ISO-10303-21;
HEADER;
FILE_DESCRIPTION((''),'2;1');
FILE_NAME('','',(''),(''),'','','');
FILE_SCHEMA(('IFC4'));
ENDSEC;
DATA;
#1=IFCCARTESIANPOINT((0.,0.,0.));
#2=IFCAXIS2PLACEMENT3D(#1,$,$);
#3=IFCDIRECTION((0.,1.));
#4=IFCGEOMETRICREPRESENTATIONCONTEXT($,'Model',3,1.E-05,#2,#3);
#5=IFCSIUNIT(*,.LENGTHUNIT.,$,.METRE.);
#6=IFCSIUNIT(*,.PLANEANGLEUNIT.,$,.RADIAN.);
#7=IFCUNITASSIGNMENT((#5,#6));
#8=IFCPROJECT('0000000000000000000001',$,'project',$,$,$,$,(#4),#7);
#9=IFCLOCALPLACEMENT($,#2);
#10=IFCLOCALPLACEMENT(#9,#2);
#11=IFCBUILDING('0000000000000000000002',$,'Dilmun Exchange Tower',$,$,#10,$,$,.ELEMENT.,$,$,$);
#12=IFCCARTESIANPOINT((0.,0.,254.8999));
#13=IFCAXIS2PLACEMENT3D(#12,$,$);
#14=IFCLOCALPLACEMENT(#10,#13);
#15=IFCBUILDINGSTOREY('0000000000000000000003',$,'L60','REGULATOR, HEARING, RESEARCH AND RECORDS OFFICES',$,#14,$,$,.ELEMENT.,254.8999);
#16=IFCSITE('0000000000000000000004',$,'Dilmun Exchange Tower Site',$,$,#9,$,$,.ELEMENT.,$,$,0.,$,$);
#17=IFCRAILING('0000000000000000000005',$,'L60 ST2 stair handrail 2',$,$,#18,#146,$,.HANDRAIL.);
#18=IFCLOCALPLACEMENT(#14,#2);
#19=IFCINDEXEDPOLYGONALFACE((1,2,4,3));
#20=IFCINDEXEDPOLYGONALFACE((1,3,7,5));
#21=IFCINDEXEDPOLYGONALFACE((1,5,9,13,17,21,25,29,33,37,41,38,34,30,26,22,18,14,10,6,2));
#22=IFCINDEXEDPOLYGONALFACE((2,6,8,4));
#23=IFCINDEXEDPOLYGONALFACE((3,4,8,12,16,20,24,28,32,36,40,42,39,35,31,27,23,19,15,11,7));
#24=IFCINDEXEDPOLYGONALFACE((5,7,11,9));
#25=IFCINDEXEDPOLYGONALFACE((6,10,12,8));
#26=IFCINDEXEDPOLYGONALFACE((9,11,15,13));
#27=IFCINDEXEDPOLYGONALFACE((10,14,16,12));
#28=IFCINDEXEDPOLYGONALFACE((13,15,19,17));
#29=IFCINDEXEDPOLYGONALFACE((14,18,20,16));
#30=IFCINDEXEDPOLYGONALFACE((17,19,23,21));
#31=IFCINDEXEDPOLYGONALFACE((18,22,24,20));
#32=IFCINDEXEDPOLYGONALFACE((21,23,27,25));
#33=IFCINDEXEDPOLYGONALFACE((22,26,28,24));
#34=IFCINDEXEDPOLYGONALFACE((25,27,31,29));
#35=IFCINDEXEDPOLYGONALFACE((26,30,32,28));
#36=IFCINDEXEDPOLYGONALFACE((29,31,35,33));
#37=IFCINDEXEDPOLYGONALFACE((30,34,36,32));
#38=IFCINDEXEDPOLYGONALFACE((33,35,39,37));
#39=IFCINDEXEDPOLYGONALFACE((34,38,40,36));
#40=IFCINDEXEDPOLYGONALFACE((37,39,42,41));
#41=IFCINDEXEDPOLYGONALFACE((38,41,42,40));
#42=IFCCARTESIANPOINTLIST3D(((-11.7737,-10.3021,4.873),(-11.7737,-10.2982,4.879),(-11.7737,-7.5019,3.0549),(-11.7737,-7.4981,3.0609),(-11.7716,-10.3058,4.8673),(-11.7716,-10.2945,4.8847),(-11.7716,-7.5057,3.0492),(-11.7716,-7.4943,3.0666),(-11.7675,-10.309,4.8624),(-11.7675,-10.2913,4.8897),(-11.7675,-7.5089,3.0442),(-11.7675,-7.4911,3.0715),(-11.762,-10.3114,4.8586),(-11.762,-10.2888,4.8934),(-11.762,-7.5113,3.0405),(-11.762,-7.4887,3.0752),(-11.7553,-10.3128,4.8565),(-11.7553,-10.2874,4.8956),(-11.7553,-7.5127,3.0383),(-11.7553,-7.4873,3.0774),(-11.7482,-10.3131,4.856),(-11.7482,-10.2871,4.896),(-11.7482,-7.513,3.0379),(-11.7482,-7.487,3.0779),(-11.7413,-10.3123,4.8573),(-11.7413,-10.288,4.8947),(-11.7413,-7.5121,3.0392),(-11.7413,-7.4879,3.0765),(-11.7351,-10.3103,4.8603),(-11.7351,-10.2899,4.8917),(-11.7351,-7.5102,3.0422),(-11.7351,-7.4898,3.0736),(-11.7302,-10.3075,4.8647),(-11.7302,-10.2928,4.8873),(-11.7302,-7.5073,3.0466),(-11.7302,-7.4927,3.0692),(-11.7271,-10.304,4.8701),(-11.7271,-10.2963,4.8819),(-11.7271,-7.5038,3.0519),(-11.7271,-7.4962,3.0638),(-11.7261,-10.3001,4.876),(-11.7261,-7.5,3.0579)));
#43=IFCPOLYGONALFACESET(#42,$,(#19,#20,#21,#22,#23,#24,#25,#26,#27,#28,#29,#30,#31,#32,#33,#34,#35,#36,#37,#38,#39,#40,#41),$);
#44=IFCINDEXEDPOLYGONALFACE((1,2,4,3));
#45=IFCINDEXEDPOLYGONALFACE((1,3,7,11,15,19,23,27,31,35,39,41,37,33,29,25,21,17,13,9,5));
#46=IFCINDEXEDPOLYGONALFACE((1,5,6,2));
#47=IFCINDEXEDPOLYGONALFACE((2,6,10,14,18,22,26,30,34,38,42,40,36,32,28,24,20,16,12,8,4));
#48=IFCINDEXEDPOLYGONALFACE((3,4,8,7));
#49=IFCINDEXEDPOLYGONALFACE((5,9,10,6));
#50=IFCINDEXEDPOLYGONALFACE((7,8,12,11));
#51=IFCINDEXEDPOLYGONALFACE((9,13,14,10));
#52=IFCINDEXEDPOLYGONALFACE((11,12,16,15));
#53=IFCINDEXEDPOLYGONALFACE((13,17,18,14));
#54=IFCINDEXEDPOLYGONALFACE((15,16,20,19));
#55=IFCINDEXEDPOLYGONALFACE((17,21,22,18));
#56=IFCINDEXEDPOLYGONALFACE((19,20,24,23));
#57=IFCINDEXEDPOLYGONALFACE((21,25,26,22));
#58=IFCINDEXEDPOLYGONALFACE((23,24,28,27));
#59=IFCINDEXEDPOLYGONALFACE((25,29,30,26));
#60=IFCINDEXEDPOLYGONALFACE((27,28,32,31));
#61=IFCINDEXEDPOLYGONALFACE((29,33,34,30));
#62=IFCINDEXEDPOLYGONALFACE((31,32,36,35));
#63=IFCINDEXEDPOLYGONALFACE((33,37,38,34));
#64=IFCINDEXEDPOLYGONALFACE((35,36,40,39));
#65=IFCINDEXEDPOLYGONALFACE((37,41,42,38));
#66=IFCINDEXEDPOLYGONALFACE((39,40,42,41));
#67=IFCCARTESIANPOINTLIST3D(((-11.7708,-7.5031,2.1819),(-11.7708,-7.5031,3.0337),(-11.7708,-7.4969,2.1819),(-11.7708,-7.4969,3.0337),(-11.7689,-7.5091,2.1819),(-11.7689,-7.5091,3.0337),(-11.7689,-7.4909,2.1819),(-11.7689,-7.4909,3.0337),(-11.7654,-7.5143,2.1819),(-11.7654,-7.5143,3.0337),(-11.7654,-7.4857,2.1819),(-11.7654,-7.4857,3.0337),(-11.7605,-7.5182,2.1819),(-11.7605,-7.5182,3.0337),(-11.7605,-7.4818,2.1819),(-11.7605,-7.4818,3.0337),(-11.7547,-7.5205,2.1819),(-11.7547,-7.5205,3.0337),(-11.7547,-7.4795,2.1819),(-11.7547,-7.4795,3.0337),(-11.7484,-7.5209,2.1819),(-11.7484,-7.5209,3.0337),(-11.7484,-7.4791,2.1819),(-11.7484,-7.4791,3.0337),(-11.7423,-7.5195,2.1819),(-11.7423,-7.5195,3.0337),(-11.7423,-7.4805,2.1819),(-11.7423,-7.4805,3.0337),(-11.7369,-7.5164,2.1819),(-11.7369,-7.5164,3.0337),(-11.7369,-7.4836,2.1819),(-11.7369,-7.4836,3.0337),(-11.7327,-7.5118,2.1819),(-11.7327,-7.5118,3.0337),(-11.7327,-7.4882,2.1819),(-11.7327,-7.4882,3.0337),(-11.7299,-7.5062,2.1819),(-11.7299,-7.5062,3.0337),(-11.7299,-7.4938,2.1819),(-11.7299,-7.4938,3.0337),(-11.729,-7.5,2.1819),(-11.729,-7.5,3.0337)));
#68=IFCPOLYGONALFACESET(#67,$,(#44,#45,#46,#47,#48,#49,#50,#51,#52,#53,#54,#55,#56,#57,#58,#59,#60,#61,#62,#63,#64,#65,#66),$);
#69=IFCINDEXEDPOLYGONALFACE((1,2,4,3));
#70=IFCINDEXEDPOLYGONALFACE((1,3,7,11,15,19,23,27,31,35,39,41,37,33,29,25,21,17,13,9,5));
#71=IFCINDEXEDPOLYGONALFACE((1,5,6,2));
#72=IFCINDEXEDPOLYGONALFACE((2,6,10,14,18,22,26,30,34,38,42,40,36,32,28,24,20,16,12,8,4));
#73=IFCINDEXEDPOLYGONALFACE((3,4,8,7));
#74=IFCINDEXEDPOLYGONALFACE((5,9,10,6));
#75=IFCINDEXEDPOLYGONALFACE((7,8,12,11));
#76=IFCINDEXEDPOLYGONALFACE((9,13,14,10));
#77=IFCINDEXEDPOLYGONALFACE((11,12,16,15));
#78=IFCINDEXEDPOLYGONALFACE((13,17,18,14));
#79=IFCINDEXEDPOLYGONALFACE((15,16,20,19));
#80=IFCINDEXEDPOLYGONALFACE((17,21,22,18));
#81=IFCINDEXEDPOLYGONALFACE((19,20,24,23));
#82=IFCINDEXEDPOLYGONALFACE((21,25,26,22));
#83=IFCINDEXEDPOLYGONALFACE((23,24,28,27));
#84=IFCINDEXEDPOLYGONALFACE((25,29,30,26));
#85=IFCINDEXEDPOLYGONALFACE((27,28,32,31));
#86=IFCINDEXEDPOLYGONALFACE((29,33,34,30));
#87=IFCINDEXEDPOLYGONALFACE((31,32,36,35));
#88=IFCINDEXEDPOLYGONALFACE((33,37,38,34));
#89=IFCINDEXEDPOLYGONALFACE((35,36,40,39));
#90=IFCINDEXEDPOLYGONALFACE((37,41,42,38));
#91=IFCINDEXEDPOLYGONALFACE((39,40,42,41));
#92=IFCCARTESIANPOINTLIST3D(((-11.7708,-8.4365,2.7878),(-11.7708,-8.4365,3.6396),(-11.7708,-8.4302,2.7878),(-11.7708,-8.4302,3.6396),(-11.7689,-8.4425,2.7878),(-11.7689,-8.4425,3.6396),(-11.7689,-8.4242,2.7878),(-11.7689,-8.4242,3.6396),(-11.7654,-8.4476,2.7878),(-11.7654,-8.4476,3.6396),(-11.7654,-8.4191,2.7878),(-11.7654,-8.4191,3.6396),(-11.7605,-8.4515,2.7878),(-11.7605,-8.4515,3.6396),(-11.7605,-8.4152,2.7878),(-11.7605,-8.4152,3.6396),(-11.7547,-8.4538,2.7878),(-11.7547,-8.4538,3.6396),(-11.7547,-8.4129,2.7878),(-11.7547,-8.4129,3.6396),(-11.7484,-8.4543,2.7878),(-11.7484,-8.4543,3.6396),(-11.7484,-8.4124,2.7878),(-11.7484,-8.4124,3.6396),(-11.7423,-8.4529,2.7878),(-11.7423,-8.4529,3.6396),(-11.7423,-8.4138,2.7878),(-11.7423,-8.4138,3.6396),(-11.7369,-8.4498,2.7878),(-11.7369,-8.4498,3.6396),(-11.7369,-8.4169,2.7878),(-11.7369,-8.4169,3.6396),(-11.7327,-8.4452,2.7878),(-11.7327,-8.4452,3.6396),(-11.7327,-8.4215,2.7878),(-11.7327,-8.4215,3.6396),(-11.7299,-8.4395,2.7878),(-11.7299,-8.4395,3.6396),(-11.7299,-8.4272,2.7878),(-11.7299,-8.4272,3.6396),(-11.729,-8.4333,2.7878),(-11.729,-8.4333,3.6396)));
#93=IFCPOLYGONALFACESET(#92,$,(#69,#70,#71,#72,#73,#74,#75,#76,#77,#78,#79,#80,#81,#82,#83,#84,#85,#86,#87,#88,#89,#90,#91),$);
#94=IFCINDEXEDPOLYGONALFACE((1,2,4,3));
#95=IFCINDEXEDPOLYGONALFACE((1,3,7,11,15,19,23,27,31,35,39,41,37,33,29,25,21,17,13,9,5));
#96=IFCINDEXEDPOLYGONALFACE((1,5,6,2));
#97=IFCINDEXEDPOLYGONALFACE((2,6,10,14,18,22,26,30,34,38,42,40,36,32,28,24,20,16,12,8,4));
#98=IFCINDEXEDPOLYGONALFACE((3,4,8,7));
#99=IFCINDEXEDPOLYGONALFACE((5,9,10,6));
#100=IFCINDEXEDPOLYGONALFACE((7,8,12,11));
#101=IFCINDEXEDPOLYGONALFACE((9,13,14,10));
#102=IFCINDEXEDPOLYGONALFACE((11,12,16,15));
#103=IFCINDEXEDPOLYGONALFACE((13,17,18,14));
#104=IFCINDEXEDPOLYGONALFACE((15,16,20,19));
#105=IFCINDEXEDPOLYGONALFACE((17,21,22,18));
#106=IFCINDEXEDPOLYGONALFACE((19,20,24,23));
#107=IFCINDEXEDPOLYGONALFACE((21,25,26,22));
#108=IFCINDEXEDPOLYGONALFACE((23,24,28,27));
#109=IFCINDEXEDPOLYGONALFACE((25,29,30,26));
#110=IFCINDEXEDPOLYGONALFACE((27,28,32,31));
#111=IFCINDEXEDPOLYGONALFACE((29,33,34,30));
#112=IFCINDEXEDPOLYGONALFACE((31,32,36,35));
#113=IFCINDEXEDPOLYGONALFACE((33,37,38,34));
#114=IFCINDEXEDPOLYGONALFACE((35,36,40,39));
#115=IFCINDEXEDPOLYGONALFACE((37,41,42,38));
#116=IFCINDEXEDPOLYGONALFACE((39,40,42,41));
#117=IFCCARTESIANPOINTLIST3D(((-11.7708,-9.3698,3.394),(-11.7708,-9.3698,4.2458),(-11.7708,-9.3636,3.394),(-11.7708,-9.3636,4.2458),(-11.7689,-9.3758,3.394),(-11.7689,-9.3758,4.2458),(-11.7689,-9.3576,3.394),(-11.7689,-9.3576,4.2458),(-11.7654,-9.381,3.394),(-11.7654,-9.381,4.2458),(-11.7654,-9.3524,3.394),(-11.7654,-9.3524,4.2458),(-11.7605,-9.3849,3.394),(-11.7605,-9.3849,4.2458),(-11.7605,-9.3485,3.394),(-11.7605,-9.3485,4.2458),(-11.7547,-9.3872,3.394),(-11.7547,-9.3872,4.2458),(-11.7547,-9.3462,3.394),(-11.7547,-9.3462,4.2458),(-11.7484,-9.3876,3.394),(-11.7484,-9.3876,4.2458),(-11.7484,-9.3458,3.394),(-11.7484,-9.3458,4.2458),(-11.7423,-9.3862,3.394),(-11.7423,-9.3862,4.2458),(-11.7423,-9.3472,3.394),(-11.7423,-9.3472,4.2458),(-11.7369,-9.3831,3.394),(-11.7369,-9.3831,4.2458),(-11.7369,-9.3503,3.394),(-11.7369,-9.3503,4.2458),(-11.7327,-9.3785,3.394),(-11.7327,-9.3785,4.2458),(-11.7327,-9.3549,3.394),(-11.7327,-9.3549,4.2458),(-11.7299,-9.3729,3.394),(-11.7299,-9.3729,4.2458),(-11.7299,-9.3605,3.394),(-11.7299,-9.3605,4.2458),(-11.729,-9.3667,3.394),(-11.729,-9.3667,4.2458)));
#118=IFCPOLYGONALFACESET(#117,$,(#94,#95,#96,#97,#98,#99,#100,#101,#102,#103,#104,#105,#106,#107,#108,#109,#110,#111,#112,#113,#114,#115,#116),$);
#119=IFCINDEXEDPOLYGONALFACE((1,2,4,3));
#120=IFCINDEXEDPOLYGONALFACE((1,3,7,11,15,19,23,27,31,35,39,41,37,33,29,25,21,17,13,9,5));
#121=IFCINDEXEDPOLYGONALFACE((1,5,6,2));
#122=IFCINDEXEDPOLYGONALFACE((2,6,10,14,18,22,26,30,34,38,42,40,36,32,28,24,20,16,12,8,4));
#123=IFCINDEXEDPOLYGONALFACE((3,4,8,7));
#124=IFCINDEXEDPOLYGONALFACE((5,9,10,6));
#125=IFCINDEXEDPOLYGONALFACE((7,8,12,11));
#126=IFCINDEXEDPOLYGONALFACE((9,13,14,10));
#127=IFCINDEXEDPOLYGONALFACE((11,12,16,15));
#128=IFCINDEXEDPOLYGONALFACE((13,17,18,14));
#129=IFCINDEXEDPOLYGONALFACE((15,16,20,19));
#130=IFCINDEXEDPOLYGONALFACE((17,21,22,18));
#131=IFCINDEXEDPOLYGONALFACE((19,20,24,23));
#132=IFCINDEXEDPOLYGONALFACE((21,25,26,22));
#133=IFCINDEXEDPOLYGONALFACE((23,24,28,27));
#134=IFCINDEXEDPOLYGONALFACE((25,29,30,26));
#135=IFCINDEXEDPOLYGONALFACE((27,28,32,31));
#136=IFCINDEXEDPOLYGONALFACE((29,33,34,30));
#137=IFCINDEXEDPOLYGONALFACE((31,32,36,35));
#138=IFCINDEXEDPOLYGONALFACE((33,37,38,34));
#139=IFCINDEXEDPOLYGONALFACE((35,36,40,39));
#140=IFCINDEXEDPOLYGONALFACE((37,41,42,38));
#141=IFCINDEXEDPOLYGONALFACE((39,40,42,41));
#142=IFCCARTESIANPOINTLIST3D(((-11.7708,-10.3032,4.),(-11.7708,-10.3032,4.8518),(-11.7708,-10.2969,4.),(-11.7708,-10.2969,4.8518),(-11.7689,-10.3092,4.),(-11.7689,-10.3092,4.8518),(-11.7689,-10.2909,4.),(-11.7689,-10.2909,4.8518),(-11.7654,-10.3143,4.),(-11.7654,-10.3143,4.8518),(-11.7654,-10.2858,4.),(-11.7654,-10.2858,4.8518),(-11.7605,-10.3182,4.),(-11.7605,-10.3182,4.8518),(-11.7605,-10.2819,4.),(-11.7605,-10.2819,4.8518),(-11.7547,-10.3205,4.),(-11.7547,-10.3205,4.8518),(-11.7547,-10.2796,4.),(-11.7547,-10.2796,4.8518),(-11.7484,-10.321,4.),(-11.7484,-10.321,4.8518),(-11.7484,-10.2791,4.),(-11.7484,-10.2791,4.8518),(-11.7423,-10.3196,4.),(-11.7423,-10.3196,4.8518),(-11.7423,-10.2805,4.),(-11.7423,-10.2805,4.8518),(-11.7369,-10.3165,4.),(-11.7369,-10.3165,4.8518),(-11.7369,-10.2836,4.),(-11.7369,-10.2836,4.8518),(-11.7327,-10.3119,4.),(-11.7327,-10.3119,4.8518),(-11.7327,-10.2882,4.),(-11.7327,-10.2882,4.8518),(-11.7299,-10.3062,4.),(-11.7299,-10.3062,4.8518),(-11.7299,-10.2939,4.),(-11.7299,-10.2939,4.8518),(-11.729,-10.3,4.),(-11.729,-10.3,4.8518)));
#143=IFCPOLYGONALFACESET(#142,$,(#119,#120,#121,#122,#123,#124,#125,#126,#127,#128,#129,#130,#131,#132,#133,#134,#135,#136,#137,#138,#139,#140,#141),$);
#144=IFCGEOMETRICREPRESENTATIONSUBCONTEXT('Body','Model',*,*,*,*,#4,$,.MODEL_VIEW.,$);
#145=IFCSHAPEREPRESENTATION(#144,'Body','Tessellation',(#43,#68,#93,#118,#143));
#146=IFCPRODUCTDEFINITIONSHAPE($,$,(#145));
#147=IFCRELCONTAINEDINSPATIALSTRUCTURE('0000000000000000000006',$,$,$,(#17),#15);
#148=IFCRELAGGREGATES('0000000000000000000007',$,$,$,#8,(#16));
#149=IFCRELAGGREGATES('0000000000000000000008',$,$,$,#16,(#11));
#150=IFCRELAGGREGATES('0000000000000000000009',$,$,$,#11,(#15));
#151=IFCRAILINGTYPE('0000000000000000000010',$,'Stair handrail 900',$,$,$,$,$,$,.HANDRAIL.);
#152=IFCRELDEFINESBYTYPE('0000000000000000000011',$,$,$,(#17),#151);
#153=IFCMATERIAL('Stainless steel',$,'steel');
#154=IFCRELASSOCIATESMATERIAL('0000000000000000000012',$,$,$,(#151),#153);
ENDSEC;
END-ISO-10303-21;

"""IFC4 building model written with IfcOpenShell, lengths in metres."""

from ifc_helpers import new_model, si_unit, direction, frame, origin, origin_2d, place, context, subcontext, project, spatial, circle, extrude, material, type_object, element, save


model = new_model("IFC4")

# Units and contexts
model_context = context("Model", 3, precision=1e-05, world=origin(), true_north=direction((0.0, 1.0)))
body_context = subcontext(model_context, "Body", "Model", "MODEL_VIEW")
ifc_project = project(units=[si_unit("LENGTHUNIT", "METRE"), si_unit("PLANEANGLEUNIT", "RADIAN")], contexts=[model_context])

# Site, building, storey
site_placement = place(None, origin())
site = spatial("IfcSite", under=ifc_project, at=site_placement, Name="Dilmun Exchange Tower Site", CompositionType="ELEMENT", RefElevation=0.0)
building_placement = place(site_placement, origin())
building = spatial("IfcBuilding", under=site, at=building_placement, Name="Dilmun Exchange Tower", CompositionType="ELEMENT")
storey_placement = place(building_placement, frame((0.0, 0.0, 254.8999)))
storey = spatial("IfcBuildingStorey", under=building, at=storey_placement, Name="L60", Description="REGULATOR, HEARING, RESEARCH AND RECORDS OFFICES", CompositionType="ELEMENT", Elevation=254.8999)

# Railing
ifc_material_1 = material(Name="Stainless steel", Category="steel")
railing_type = type_object("IfcRailingType", Name="Stair handrail 900", PredefinedType="HANDRAIL", material=ifc_material_1)
railing_1_placement = place(storey_placement, frame((-11.75, -7.5, 2.1819)))
element("IfcRailing", 1, at=railing_1_placement, inside=storey, type_object=railing_type, Name="L60 ST2 stair handrail 2", PredefinedType="HANDRAIL", context=body_context, shape_type="SweptSolid", body=[
    extrude(circle(Radius=0.0239, at=origin_2d()), frame((0.0, 0.0, 0.876), z_axis=(0.0, -0.838706, 0.544585), x_axis=(1.0, 0.0, 0.0)), (0.0, 0.0, 1.0), 3.3386),
    extrude(circle(Radius=0.021, at=origin_2d()), origin(), (0.0, 0.0, 1.0), 0.8518),
    extrude(circle(Radius=0.021, at=origin_2d()), frame((0.0, -0.9333, 0.606)), (0.0, 0.0, 1.0), 0.8518),
    extrude(circle(Radius=0.021, at=origin_2d()), frame((0.0, -1.8667, 1.2122)), (0.0, 0.0, 1.0), 0.8518),
    extrude(circle(Radius=0.021, at=origin_2d()), frame((0.0, -2.8, 1.8181)), (0.0, 0.0, 1.0), 0.8518),
])

save(model, "model.ifc")
